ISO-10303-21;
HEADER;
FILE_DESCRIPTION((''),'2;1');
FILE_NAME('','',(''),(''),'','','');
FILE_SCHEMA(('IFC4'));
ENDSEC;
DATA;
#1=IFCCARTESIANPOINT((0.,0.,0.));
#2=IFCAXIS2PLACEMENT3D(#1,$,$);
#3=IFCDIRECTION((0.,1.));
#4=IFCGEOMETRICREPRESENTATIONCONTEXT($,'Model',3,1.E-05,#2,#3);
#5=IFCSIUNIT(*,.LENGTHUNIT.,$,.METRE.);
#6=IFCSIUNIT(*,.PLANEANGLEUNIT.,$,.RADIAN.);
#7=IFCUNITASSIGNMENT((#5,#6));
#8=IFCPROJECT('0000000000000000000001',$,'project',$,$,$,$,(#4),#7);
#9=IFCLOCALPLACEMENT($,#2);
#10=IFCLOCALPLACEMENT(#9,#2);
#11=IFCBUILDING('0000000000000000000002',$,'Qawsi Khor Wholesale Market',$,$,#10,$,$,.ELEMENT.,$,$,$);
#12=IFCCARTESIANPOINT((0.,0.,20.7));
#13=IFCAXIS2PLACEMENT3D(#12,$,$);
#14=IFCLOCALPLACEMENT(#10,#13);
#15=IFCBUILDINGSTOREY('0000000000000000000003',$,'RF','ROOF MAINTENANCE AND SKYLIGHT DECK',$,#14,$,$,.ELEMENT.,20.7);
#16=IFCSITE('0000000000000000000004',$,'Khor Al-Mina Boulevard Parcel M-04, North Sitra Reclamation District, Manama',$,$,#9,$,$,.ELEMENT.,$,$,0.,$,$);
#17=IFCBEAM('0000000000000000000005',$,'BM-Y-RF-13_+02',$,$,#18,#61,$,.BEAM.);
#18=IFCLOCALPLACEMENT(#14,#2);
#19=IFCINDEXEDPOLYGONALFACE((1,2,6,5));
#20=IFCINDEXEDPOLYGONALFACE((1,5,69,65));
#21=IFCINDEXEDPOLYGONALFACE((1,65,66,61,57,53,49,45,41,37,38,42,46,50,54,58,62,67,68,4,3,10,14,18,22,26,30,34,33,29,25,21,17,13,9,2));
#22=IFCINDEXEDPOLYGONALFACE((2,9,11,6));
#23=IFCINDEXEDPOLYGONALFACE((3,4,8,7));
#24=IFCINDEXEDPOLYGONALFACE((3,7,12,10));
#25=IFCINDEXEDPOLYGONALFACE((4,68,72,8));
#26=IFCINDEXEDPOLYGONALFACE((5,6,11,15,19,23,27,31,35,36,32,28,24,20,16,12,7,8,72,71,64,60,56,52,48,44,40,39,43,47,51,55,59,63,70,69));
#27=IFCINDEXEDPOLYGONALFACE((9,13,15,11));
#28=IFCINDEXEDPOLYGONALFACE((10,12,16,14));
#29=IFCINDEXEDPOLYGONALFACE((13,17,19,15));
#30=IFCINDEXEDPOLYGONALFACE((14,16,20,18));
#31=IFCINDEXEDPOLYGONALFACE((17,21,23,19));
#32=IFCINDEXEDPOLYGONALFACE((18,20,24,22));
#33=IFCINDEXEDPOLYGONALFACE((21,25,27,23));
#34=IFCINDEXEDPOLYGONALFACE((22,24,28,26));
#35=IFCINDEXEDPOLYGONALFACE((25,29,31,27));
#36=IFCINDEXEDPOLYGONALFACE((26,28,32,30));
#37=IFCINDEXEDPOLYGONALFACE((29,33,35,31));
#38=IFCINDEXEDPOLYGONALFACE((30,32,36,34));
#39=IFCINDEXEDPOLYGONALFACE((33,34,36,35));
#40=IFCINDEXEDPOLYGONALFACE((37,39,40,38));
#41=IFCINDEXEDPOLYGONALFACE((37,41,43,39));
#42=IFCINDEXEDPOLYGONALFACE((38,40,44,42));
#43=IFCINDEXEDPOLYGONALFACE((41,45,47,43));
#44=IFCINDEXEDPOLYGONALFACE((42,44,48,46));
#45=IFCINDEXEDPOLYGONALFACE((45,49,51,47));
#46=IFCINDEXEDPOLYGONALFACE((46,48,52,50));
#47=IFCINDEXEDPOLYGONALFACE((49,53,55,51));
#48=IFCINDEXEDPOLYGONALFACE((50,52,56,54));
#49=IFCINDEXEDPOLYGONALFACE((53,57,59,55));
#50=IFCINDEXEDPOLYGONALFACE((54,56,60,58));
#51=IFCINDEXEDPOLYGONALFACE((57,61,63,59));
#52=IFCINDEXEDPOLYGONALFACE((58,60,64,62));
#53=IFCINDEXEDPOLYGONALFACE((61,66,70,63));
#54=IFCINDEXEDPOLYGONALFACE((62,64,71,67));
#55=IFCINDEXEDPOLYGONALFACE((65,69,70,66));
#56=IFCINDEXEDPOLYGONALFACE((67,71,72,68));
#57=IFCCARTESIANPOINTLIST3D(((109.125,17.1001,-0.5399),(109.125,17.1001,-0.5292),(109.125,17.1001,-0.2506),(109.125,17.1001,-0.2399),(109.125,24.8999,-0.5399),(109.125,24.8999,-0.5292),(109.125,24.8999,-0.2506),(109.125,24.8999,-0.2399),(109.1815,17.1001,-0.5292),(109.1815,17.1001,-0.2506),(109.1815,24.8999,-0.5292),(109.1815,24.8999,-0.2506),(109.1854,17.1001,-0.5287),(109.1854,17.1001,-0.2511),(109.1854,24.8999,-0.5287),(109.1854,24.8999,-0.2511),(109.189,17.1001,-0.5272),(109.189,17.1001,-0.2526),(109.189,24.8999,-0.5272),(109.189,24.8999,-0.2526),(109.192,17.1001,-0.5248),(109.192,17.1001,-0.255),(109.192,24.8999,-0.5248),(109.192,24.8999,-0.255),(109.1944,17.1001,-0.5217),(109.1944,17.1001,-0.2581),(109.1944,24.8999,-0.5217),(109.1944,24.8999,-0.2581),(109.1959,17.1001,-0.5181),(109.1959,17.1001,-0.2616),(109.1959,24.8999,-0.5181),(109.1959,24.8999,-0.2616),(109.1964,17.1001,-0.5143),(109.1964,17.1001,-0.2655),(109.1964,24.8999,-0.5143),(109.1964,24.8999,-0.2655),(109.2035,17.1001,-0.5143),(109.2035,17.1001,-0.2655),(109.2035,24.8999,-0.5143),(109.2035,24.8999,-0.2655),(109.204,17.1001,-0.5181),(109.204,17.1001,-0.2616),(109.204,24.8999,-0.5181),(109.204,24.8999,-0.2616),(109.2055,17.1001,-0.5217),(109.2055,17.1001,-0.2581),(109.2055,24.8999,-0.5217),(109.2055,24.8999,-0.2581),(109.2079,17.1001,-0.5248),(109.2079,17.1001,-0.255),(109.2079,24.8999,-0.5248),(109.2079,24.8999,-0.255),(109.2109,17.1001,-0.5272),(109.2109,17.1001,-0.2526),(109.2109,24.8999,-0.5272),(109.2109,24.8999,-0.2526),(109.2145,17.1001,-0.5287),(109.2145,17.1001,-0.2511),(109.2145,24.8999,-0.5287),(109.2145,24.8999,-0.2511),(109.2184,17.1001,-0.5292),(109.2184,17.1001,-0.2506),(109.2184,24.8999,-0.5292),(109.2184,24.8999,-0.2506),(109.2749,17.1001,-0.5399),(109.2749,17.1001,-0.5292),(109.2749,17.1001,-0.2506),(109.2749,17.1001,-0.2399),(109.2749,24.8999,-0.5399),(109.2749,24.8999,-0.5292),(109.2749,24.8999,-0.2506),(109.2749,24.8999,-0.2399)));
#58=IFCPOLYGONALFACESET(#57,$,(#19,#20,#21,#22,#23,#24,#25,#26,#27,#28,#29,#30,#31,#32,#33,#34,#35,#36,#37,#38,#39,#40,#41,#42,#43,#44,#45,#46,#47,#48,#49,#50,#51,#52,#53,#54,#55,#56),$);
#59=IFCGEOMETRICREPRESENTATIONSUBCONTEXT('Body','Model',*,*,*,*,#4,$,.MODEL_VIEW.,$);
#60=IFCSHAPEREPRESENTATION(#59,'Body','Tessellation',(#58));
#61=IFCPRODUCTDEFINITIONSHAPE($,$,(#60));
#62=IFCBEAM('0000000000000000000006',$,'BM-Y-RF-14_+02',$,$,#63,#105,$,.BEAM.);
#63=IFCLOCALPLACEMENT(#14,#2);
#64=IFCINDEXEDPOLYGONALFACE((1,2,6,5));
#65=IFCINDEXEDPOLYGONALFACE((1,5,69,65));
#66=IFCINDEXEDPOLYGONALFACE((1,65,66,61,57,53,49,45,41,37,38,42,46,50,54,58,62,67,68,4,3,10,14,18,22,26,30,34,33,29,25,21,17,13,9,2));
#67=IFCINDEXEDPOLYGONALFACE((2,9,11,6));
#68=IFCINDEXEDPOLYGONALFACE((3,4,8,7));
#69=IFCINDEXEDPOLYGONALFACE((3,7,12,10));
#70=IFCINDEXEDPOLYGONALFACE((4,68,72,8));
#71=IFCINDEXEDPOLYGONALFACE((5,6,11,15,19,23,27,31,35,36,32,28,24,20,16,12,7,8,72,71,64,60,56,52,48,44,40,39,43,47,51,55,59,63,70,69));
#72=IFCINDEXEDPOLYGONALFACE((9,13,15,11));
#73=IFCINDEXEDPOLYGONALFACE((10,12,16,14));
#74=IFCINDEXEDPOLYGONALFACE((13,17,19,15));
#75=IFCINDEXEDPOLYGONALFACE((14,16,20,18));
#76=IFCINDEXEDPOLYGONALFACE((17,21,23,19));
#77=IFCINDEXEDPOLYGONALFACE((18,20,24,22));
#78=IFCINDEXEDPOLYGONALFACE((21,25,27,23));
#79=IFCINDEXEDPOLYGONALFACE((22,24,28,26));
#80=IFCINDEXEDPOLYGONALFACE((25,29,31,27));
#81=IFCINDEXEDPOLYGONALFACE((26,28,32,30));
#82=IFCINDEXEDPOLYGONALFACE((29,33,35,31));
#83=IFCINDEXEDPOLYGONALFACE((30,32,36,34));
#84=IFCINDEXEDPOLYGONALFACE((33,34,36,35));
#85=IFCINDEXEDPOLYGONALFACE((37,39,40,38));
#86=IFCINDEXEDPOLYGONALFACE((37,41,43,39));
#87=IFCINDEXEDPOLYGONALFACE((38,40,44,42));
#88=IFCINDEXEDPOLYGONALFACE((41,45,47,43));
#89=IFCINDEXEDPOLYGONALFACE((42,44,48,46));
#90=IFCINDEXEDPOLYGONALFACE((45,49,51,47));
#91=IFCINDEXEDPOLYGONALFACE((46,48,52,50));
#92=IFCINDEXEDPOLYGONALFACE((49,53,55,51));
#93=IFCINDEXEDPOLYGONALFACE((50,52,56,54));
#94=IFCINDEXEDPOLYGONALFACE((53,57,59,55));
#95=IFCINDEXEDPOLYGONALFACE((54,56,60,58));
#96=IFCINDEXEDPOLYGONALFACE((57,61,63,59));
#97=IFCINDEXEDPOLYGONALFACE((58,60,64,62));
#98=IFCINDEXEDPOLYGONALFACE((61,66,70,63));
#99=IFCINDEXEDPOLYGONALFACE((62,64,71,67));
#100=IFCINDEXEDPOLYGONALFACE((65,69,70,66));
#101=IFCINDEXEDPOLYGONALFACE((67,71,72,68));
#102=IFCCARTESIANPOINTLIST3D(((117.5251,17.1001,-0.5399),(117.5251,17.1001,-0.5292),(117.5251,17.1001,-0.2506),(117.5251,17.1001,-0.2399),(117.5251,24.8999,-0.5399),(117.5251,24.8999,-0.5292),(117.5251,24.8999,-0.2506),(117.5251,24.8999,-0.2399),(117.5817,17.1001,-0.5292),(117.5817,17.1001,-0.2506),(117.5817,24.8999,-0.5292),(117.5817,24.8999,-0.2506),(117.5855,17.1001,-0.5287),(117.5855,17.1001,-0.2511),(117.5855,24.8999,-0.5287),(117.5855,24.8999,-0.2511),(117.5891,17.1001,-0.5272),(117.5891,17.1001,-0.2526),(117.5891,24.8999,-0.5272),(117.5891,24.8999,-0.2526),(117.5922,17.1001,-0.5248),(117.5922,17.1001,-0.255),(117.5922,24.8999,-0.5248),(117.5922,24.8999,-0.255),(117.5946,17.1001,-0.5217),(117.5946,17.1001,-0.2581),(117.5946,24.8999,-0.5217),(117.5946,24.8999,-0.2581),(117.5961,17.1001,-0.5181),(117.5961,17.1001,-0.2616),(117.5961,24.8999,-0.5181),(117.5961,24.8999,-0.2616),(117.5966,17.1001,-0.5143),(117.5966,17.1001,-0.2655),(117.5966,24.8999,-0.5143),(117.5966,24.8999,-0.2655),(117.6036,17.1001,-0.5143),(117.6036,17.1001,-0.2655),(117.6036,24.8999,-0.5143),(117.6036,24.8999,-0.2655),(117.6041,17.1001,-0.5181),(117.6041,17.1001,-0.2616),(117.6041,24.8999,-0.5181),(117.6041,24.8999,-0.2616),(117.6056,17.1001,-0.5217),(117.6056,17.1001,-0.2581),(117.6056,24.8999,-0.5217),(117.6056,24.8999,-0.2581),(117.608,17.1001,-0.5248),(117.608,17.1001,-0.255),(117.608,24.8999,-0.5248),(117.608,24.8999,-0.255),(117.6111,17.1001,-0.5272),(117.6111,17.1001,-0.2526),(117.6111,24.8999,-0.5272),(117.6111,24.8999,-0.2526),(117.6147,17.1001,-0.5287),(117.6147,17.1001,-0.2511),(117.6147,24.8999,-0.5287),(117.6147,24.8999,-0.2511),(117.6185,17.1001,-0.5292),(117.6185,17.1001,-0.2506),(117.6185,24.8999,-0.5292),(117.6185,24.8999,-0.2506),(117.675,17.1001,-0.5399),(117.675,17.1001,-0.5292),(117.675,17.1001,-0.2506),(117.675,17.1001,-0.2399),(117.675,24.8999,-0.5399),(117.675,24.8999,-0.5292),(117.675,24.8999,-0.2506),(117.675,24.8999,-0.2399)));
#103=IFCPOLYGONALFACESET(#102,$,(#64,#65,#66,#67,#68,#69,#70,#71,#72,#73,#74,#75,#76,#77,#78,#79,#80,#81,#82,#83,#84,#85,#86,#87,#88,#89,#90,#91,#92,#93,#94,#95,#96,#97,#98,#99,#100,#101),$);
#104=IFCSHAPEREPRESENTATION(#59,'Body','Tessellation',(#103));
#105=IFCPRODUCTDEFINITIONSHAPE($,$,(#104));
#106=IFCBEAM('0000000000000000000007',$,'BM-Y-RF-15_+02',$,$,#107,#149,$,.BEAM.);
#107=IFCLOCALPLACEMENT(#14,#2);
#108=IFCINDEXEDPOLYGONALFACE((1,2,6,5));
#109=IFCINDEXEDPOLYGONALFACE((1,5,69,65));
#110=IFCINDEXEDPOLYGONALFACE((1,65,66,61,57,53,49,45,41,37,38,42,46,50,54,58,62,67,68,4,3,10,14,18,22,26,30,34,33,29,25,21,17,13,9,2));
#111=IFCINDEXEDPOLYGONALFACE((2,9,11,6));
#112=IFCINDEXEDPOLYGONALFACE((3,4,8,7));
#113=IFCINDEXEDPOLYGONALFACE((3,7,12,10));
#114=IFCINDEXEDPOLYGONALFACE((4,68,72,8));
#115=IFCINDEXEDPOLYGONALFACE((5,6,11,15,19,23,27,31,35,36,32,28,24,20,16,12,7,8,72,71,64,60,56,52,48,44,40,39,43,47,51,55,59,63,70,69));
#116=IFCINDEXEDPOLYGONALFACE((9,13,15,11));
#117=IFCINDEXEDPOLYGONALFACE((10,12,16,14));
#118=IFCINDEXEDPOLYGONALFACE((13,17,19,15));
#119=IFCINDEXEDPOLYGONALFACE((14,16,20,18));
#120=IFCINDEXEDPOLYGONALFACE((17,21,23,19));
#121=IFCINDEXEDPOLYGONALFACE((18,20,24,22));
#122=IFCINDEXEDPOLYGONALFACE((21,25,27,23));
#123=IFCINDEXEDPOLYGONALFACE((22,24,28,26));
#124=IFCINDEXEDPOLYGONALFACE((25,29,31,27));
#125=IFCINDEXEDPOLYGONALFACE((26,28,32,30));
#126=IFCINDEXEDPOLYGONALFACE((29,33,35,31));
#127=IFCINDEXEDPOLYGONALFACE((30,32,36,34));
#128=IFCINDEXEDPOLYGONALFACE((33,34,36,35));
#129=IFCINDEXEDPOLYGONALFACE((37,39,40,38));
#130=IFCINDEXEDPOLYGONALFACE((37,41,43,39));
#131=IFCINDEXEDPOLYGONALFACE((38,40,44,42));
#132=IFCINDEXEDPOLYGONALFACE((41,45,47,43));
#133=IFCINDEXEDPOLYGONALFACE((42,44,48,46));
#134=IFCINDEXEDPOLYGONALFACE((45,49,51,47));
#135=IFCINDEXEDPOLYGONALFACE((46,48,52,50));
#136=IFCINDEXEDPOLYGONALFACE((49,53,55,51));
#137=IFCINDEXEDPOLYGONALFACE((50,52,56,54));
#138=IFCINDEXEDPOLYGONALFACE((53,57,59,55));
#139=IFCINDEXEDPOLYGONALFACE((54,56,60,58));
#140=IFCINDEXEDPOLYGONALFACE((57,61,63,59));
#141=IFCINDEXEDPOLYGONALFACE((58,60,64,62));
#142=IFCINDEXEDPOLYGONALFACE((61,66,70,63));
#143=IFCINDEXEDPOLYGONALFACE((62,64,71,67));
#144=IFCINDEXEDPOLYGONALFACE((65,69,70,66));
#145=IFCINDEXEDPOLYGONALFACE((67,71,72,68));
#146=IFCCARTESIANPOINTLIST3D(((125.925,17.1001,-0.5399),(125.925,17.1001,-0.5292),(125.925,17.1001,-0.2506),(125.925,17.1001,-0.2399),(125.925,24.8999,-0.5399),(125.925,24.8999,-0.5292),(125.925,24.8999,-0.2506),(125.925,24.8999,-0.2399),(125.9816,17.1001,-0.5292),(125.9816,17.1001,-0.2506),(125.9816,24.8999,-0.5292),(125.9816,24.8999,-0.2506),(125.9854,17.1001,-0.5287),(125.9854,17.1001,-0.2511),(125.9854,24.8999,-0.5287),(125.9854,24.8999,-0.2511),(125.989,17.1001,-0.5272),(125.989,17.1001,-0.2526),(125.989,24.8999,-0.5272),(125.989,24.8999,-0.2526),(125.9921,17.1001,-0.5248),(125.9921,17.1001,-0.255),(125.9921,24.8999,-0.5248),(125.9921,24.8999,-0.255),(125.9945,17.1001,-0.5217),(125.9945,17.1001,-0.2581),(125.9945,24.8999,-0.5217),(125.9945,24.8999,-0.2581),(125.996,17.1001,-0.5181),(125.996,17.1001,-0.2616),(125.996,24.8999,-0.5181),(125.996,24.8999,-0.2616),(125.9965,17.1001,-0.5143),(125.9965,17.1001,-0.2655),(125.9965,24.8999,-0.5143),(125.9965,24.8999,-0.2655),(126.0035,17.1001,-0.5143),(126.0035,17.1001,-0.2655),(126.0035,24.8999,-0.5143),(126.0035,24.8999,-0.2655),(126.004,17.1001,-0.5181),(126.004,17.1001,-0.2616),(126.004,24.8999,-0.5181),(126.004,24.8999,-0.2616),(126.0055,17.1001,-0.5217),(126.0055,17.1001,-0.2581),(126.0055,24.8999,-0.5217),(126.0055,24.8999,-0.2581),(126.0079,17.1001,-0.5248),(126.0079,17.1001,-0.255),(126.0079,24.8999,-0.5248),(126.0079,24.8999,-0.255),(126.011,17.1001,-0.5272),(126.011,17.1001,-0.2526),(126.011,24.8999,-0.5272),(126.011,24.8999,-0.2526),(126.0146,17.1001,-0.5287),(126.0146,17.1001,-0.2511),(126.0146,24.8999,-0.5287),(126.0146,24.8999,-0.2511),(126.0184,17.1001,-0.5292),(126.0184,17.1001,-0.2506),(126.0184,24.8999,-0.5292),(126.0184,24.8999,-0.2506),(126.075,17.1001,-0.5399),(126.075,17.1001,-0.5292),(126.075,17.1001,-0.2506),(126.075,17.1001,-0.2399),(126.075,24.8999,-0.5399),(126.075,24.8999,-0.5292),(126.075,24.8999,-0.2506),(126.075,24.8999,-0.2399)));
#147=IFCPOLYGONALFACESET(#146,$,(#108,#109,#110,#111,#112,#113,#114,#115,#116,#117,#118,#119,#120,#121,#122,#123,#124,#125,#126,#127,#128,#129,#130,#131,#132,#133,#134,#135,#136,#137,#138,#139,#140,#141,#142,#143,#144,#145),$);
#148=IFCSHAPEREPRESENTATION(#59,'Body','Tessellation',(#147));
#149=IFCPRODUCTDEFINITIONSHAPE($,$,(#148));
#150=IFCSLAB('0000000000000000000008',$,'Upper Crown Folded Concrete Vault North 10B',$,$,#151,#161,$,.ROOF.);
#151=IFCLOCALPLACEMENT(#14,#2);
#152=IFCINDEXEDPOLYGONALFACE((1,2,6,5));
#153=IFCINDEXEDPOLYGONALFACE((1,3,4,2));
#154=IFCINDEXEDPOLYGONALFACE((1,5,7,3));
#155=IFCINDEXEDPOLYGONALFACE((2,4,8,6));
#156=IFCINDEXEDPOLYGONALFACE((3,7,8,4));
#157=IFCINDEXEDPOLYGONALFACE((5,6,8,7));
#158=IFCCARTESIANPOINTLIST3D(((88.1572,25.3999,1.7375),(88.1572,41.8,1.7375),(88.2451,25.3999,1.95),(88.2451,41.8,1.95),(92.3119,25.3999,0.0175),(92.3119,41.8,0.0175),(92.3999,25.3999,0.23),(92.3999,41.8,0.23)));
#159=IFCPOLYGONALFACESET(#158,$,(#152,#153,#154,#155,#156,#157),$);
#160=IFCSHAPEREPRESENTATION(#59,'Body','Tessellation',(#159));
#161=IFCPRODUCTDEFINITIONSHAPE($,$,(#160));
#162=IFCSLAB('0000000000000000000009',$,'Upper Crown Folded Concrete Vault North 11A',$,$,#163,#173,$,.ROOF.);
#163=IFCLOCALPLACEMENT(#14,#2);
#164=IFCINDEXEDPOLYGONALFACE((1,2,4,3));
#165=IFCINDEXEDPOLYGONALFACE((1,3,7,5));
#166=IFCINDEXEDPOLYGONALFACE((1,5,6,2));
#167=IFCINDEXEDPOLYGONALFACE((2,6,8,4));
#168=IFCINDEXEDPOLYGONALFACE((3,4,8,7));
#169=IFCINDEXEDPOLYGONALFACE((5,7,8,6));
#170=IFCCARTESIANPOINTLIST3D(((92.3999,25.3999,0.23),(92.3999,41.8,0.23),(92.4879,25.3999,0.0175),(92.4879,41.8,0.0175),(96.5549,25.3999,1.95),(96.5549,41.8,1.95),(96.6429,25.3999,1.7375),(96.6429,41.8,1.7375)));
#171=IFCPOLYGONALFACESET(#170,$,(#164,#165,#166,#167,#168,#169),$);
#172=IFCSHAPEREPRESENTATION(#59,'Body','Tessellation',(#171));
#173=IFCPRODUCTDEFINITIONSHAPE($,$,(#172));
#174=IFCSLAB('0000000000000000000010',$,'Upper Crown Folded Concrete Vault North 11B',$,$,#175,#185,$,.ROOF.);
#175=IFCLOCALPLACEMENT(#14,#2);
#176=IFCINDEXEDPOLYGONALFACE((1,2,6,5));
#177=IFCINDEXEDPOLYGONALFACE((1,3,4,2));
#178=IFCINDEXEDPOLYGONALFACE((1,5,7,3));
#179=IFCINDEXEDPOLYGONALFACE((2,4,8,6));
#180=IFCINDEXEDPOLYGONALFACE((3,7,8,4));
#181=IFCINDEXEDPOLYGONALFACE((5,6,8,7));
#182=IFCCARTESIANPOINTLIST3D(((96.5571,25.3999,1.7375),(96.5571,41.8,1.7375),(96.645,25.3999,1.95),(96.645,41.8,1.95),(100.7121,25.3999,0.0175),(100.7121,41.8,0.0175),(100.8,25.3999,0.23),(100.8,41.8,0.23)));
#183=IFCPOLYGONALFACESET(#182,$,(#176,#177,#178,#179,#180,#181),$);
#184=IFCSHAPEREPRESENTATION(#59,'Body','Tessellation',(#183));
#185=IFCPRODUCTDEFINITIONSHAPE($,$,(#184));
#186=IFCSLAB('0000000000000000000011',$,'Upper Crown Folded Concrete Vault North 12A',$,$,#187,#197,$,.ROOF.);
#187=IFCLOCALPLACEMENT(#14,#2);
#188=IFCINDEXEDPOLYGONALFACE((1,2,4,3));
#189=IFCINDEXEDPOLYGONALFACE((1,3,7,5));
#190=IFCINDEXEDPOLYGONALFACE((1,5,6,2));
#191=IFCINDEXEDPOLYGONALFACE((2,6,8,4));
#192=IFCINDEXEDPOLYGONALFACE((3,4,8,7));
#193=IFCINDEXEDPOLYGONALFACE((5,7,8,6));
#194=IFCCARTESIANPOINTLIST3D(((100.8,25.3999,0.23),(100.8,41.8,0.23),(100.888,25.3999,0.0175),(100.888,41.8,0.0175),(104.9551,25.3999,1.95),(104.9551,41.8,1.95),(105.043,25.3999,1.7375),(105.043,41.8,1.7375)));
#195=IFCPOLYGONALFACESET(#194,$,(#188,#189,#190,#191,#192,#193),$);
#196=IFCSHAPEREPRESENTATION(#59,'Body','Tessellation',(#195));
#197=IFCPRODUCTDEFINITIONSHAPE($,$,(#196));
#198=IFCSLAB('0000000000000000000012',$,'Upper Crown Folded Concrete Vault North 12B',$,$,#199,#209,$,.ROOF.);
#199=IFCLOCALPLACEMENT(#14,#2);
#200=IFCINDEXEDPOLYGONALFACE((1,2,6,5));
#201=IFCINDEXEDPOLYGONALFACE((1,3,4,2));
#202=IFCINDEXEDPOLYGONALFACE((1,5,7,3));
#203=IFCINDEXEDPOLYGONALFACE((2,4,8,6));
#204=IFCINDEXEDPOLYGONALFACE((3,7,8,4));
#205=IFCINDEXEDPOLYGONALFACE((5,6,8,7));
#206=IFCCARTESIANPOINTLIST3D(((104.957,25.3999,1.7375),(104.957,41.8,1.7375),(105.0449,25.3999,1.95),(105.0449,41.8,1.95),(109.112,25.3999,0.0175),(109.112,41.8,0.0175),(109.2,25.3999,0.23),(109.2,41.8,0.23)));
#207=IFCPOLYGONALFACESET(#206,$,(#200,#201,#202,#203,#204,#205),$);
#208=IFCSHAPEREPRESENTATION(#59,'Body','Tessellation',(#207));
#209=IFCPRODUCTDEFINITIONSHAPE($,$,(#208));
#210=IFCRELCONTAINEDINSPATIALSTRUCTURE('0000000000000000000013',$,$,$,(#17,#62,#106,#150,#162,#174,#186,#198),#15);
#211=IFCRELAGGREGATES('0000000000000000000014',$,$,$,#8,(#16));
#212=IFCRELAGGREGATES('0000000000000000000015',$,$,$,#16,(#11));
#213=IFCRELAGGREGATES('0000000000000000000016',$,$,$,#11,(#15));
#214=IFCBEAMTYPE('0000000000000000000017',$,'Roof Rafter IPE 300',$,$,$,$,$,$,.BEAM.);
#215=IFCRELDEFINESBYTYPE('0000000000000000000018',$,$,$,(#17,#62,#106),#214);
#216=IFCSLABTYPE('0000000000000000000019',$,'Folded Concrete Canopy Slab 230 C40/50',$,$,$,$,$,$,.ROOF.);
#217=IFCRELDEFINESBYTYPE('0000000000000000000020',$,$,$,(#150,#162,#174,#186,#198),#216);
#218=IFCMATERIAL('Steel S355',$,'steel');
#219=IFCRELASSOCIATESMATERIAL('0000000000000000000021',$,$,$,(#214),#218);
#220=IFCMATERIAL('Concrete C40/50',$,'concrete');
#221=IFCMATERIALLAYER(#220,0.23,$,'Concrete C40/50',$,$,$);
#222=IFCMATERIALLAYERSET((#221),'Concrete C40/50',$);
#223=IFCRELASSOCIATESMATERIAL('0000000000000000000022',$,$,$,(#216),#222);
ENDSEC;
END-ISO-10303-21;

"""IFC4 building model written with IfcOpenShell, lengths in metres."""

from ifc_helpers import new_model, si_unit, direction, frame, origin, origin_2d, place, context, subcontext, project, spatial, polyline, i_section, outline, extrude, material, layer, layer_set, material_profile, profile_set, type_object, element, save


model = new_model("IFC4")

# Units and contexts
model_context = context("Model", 3, precision=1e-05, world=origin(), true_north=direction((0.0, 1.0)))
body_context = subcontext(model_context, "Body", "Model", "MODEL_VIEW")
ifc_project = project(units=[si_unit("LENGTHUNIT", "METRE"), si_unit("PLANEANGLEUNIT", "RADIAN")], contexts=[model_context])

# Site, building, storey
site_placement = place(None, origin())
site = spatial("IfcSite", under=ifc_project, at=site_placement, Name="Khor Al-Mina Boulevard Parcel M-04, North Sitra Reclamation District, Manama", CompositionType="ELEMENT", RefElevation=0.0)
building_placement = place(site_placement, origin())
building = spatial("IfcBuilding", under=site, at=building_placement, Name="Qawsi Khor Wholesale Market", CompositionType="ELEMENT")
storey_placement = place(building_placement, frame((0.0, 0.0, 20.7)))
storey = spatial("IfcBuildingStorey", under=building, at=storey_placement, Name="RF", Description="ROOF MAINTENANCE AND SKYLIGHT DECK", CompositionType="ELEMENT", Elevation=20.7)

# Beams
ifc_material_1 = material(Name="Steel S355", Category="steel")
ifc_material_profile_1 = material_profile(ifc_material_1, i_section(OverallWidth=0.1499, OverallDepth=0.3, WebThickness=0.0071, FlangeThickness=0.0107, FilletRadius=0.0149, at=origin_2d()), Name="IPE 300")
ifc_profile_set_1 = profile_set([ifc_material_profile_1], Name="Steel S355")
beam_type_1 = type_object("IfcBeamType", Name="Roof Rafter IPE 300", PredefinedType="BEAM", material=ifc_profile_set_1)
for number, where, z_axis, x_axis, name in (
    (1, (109.2, 17.1001, -0.3899), (0.0, 1.0, 0.0), (-1.0, 0.0, 0.0), "BM-Y-RF-13_+02"),
    (2, (117.6001, 17.1001, -0.3899), (0.0, 1.0, 0.0), (-1.0, 0.0, 0.0), "BM-Y-RF-14_+02"),
    (3, (126.0, 17.1001, -0.3899), (0.0, 1.0, 0.0), (-1.0, 0.0, 0.0), "BM-Y-RF-15_+02"),
):
    element("IfcBeam", number, at=place(storey_placement, frame(where, z_axis=z_axis, x_axis=x_axis)), inside=storey, type_object=beam_type_1, Name=name, PredefinedType="BEAM", context=body_context, shape_type="SweptSolid", body=[
        extrude(i_section(OverallWidth=0.1499, OverallDepth=0.3, WebThickness=0.0071, FlangeThickness=0.0107, FilletRadius=0.0149, at=origin_2d()), origin(), (0.0, 0.0, 1.0), 7.7998),
    ])

# Slabs
ifc_material_2 = material(Name="Concrete C40/50", Category="concrete")
ifc_layer_1 = layer(ifc_material_2, 0.23, Name="Concrete C40/50")
ifc_layer_set_1 = layer_set([ifc_layer_1], Name="Concrete C40/50")
slab_type_1 = type_object("IfcSlabType", Name="Folded Concrete Canopy Slab 230 C40/50", PredefinedType="ROOF", material=ifc_layer_set_1)
slab_1_placement = place(storey_placement, frame((88.2451, 25.3999, 1.95), z_axis=(0.382494, 0.0, 0.923958), x_axis=(0.923958, 0.0, -0.382494)))
element("IfcSlab", 4, at=slab_1_placement, inside=storey, type_object=slab_type_1, Name="Upper Crown Folded Concrete Vault North 10B", PredefinedType="ROOF", context=body_context, shape_type="SweptSolid", body=[
    extrude(outline(polyline([(0.0, 0.0), (4.4967, 0.0), (4.4967, 16.4001), (0.0, 16.4001), (0.0, 0.0)])), origin(), (0.0, 0.0, -1.0), 0.23),
])
for number, where, z_axis, x_axis, name in (
    (5, (92.3999, 25.3999, 0.23), (-0.382475, 0.0, 0.923966), (0.923966, 0.0, 0.382475), "Upper Crown Folded Concrete Vault North 11A"),
    (6, (96.645, 25.3999, 1.95), (0.382475, 0.0, 0.923966), (0.923966, 0.0, -0.382475), "Upper Crown Folded Concrete Vault North 11B"),
    (7, (100.8, 25.3999, 0.23), (-0.382475, 0.0, 0.923966), (0.923966, 0.0, 0.382475), "Upper Crown Folded Concrete Vault North 12A"),
    (8, (105.0449, 25.3999, 1.95), (0.382475, 0.0, 0.923966), (0.923966, 0.0, -0.382475), "Upper Crown Folded Concrete Vault North 12B"),
):
    element("IfcSlab", number, at=place(storey_placement, frame(where, z_axis=z_axis, x_axis=x_axis)), inside=storey, type_object=slab_type_1, Name=name, PredefinedType="ROOF", context=body_context, shape_type="SweptSolid", body=[
        extrude(outline(polyline([(0.0, 0.0), (4.497, 0.0), (4.497, 16.4001), (0.0, 16.4001), (0.0, 0.0)])), origin(), (0.0, 0.0, -1.0), 0.23),
    ])

save(model, "model.ifc")
